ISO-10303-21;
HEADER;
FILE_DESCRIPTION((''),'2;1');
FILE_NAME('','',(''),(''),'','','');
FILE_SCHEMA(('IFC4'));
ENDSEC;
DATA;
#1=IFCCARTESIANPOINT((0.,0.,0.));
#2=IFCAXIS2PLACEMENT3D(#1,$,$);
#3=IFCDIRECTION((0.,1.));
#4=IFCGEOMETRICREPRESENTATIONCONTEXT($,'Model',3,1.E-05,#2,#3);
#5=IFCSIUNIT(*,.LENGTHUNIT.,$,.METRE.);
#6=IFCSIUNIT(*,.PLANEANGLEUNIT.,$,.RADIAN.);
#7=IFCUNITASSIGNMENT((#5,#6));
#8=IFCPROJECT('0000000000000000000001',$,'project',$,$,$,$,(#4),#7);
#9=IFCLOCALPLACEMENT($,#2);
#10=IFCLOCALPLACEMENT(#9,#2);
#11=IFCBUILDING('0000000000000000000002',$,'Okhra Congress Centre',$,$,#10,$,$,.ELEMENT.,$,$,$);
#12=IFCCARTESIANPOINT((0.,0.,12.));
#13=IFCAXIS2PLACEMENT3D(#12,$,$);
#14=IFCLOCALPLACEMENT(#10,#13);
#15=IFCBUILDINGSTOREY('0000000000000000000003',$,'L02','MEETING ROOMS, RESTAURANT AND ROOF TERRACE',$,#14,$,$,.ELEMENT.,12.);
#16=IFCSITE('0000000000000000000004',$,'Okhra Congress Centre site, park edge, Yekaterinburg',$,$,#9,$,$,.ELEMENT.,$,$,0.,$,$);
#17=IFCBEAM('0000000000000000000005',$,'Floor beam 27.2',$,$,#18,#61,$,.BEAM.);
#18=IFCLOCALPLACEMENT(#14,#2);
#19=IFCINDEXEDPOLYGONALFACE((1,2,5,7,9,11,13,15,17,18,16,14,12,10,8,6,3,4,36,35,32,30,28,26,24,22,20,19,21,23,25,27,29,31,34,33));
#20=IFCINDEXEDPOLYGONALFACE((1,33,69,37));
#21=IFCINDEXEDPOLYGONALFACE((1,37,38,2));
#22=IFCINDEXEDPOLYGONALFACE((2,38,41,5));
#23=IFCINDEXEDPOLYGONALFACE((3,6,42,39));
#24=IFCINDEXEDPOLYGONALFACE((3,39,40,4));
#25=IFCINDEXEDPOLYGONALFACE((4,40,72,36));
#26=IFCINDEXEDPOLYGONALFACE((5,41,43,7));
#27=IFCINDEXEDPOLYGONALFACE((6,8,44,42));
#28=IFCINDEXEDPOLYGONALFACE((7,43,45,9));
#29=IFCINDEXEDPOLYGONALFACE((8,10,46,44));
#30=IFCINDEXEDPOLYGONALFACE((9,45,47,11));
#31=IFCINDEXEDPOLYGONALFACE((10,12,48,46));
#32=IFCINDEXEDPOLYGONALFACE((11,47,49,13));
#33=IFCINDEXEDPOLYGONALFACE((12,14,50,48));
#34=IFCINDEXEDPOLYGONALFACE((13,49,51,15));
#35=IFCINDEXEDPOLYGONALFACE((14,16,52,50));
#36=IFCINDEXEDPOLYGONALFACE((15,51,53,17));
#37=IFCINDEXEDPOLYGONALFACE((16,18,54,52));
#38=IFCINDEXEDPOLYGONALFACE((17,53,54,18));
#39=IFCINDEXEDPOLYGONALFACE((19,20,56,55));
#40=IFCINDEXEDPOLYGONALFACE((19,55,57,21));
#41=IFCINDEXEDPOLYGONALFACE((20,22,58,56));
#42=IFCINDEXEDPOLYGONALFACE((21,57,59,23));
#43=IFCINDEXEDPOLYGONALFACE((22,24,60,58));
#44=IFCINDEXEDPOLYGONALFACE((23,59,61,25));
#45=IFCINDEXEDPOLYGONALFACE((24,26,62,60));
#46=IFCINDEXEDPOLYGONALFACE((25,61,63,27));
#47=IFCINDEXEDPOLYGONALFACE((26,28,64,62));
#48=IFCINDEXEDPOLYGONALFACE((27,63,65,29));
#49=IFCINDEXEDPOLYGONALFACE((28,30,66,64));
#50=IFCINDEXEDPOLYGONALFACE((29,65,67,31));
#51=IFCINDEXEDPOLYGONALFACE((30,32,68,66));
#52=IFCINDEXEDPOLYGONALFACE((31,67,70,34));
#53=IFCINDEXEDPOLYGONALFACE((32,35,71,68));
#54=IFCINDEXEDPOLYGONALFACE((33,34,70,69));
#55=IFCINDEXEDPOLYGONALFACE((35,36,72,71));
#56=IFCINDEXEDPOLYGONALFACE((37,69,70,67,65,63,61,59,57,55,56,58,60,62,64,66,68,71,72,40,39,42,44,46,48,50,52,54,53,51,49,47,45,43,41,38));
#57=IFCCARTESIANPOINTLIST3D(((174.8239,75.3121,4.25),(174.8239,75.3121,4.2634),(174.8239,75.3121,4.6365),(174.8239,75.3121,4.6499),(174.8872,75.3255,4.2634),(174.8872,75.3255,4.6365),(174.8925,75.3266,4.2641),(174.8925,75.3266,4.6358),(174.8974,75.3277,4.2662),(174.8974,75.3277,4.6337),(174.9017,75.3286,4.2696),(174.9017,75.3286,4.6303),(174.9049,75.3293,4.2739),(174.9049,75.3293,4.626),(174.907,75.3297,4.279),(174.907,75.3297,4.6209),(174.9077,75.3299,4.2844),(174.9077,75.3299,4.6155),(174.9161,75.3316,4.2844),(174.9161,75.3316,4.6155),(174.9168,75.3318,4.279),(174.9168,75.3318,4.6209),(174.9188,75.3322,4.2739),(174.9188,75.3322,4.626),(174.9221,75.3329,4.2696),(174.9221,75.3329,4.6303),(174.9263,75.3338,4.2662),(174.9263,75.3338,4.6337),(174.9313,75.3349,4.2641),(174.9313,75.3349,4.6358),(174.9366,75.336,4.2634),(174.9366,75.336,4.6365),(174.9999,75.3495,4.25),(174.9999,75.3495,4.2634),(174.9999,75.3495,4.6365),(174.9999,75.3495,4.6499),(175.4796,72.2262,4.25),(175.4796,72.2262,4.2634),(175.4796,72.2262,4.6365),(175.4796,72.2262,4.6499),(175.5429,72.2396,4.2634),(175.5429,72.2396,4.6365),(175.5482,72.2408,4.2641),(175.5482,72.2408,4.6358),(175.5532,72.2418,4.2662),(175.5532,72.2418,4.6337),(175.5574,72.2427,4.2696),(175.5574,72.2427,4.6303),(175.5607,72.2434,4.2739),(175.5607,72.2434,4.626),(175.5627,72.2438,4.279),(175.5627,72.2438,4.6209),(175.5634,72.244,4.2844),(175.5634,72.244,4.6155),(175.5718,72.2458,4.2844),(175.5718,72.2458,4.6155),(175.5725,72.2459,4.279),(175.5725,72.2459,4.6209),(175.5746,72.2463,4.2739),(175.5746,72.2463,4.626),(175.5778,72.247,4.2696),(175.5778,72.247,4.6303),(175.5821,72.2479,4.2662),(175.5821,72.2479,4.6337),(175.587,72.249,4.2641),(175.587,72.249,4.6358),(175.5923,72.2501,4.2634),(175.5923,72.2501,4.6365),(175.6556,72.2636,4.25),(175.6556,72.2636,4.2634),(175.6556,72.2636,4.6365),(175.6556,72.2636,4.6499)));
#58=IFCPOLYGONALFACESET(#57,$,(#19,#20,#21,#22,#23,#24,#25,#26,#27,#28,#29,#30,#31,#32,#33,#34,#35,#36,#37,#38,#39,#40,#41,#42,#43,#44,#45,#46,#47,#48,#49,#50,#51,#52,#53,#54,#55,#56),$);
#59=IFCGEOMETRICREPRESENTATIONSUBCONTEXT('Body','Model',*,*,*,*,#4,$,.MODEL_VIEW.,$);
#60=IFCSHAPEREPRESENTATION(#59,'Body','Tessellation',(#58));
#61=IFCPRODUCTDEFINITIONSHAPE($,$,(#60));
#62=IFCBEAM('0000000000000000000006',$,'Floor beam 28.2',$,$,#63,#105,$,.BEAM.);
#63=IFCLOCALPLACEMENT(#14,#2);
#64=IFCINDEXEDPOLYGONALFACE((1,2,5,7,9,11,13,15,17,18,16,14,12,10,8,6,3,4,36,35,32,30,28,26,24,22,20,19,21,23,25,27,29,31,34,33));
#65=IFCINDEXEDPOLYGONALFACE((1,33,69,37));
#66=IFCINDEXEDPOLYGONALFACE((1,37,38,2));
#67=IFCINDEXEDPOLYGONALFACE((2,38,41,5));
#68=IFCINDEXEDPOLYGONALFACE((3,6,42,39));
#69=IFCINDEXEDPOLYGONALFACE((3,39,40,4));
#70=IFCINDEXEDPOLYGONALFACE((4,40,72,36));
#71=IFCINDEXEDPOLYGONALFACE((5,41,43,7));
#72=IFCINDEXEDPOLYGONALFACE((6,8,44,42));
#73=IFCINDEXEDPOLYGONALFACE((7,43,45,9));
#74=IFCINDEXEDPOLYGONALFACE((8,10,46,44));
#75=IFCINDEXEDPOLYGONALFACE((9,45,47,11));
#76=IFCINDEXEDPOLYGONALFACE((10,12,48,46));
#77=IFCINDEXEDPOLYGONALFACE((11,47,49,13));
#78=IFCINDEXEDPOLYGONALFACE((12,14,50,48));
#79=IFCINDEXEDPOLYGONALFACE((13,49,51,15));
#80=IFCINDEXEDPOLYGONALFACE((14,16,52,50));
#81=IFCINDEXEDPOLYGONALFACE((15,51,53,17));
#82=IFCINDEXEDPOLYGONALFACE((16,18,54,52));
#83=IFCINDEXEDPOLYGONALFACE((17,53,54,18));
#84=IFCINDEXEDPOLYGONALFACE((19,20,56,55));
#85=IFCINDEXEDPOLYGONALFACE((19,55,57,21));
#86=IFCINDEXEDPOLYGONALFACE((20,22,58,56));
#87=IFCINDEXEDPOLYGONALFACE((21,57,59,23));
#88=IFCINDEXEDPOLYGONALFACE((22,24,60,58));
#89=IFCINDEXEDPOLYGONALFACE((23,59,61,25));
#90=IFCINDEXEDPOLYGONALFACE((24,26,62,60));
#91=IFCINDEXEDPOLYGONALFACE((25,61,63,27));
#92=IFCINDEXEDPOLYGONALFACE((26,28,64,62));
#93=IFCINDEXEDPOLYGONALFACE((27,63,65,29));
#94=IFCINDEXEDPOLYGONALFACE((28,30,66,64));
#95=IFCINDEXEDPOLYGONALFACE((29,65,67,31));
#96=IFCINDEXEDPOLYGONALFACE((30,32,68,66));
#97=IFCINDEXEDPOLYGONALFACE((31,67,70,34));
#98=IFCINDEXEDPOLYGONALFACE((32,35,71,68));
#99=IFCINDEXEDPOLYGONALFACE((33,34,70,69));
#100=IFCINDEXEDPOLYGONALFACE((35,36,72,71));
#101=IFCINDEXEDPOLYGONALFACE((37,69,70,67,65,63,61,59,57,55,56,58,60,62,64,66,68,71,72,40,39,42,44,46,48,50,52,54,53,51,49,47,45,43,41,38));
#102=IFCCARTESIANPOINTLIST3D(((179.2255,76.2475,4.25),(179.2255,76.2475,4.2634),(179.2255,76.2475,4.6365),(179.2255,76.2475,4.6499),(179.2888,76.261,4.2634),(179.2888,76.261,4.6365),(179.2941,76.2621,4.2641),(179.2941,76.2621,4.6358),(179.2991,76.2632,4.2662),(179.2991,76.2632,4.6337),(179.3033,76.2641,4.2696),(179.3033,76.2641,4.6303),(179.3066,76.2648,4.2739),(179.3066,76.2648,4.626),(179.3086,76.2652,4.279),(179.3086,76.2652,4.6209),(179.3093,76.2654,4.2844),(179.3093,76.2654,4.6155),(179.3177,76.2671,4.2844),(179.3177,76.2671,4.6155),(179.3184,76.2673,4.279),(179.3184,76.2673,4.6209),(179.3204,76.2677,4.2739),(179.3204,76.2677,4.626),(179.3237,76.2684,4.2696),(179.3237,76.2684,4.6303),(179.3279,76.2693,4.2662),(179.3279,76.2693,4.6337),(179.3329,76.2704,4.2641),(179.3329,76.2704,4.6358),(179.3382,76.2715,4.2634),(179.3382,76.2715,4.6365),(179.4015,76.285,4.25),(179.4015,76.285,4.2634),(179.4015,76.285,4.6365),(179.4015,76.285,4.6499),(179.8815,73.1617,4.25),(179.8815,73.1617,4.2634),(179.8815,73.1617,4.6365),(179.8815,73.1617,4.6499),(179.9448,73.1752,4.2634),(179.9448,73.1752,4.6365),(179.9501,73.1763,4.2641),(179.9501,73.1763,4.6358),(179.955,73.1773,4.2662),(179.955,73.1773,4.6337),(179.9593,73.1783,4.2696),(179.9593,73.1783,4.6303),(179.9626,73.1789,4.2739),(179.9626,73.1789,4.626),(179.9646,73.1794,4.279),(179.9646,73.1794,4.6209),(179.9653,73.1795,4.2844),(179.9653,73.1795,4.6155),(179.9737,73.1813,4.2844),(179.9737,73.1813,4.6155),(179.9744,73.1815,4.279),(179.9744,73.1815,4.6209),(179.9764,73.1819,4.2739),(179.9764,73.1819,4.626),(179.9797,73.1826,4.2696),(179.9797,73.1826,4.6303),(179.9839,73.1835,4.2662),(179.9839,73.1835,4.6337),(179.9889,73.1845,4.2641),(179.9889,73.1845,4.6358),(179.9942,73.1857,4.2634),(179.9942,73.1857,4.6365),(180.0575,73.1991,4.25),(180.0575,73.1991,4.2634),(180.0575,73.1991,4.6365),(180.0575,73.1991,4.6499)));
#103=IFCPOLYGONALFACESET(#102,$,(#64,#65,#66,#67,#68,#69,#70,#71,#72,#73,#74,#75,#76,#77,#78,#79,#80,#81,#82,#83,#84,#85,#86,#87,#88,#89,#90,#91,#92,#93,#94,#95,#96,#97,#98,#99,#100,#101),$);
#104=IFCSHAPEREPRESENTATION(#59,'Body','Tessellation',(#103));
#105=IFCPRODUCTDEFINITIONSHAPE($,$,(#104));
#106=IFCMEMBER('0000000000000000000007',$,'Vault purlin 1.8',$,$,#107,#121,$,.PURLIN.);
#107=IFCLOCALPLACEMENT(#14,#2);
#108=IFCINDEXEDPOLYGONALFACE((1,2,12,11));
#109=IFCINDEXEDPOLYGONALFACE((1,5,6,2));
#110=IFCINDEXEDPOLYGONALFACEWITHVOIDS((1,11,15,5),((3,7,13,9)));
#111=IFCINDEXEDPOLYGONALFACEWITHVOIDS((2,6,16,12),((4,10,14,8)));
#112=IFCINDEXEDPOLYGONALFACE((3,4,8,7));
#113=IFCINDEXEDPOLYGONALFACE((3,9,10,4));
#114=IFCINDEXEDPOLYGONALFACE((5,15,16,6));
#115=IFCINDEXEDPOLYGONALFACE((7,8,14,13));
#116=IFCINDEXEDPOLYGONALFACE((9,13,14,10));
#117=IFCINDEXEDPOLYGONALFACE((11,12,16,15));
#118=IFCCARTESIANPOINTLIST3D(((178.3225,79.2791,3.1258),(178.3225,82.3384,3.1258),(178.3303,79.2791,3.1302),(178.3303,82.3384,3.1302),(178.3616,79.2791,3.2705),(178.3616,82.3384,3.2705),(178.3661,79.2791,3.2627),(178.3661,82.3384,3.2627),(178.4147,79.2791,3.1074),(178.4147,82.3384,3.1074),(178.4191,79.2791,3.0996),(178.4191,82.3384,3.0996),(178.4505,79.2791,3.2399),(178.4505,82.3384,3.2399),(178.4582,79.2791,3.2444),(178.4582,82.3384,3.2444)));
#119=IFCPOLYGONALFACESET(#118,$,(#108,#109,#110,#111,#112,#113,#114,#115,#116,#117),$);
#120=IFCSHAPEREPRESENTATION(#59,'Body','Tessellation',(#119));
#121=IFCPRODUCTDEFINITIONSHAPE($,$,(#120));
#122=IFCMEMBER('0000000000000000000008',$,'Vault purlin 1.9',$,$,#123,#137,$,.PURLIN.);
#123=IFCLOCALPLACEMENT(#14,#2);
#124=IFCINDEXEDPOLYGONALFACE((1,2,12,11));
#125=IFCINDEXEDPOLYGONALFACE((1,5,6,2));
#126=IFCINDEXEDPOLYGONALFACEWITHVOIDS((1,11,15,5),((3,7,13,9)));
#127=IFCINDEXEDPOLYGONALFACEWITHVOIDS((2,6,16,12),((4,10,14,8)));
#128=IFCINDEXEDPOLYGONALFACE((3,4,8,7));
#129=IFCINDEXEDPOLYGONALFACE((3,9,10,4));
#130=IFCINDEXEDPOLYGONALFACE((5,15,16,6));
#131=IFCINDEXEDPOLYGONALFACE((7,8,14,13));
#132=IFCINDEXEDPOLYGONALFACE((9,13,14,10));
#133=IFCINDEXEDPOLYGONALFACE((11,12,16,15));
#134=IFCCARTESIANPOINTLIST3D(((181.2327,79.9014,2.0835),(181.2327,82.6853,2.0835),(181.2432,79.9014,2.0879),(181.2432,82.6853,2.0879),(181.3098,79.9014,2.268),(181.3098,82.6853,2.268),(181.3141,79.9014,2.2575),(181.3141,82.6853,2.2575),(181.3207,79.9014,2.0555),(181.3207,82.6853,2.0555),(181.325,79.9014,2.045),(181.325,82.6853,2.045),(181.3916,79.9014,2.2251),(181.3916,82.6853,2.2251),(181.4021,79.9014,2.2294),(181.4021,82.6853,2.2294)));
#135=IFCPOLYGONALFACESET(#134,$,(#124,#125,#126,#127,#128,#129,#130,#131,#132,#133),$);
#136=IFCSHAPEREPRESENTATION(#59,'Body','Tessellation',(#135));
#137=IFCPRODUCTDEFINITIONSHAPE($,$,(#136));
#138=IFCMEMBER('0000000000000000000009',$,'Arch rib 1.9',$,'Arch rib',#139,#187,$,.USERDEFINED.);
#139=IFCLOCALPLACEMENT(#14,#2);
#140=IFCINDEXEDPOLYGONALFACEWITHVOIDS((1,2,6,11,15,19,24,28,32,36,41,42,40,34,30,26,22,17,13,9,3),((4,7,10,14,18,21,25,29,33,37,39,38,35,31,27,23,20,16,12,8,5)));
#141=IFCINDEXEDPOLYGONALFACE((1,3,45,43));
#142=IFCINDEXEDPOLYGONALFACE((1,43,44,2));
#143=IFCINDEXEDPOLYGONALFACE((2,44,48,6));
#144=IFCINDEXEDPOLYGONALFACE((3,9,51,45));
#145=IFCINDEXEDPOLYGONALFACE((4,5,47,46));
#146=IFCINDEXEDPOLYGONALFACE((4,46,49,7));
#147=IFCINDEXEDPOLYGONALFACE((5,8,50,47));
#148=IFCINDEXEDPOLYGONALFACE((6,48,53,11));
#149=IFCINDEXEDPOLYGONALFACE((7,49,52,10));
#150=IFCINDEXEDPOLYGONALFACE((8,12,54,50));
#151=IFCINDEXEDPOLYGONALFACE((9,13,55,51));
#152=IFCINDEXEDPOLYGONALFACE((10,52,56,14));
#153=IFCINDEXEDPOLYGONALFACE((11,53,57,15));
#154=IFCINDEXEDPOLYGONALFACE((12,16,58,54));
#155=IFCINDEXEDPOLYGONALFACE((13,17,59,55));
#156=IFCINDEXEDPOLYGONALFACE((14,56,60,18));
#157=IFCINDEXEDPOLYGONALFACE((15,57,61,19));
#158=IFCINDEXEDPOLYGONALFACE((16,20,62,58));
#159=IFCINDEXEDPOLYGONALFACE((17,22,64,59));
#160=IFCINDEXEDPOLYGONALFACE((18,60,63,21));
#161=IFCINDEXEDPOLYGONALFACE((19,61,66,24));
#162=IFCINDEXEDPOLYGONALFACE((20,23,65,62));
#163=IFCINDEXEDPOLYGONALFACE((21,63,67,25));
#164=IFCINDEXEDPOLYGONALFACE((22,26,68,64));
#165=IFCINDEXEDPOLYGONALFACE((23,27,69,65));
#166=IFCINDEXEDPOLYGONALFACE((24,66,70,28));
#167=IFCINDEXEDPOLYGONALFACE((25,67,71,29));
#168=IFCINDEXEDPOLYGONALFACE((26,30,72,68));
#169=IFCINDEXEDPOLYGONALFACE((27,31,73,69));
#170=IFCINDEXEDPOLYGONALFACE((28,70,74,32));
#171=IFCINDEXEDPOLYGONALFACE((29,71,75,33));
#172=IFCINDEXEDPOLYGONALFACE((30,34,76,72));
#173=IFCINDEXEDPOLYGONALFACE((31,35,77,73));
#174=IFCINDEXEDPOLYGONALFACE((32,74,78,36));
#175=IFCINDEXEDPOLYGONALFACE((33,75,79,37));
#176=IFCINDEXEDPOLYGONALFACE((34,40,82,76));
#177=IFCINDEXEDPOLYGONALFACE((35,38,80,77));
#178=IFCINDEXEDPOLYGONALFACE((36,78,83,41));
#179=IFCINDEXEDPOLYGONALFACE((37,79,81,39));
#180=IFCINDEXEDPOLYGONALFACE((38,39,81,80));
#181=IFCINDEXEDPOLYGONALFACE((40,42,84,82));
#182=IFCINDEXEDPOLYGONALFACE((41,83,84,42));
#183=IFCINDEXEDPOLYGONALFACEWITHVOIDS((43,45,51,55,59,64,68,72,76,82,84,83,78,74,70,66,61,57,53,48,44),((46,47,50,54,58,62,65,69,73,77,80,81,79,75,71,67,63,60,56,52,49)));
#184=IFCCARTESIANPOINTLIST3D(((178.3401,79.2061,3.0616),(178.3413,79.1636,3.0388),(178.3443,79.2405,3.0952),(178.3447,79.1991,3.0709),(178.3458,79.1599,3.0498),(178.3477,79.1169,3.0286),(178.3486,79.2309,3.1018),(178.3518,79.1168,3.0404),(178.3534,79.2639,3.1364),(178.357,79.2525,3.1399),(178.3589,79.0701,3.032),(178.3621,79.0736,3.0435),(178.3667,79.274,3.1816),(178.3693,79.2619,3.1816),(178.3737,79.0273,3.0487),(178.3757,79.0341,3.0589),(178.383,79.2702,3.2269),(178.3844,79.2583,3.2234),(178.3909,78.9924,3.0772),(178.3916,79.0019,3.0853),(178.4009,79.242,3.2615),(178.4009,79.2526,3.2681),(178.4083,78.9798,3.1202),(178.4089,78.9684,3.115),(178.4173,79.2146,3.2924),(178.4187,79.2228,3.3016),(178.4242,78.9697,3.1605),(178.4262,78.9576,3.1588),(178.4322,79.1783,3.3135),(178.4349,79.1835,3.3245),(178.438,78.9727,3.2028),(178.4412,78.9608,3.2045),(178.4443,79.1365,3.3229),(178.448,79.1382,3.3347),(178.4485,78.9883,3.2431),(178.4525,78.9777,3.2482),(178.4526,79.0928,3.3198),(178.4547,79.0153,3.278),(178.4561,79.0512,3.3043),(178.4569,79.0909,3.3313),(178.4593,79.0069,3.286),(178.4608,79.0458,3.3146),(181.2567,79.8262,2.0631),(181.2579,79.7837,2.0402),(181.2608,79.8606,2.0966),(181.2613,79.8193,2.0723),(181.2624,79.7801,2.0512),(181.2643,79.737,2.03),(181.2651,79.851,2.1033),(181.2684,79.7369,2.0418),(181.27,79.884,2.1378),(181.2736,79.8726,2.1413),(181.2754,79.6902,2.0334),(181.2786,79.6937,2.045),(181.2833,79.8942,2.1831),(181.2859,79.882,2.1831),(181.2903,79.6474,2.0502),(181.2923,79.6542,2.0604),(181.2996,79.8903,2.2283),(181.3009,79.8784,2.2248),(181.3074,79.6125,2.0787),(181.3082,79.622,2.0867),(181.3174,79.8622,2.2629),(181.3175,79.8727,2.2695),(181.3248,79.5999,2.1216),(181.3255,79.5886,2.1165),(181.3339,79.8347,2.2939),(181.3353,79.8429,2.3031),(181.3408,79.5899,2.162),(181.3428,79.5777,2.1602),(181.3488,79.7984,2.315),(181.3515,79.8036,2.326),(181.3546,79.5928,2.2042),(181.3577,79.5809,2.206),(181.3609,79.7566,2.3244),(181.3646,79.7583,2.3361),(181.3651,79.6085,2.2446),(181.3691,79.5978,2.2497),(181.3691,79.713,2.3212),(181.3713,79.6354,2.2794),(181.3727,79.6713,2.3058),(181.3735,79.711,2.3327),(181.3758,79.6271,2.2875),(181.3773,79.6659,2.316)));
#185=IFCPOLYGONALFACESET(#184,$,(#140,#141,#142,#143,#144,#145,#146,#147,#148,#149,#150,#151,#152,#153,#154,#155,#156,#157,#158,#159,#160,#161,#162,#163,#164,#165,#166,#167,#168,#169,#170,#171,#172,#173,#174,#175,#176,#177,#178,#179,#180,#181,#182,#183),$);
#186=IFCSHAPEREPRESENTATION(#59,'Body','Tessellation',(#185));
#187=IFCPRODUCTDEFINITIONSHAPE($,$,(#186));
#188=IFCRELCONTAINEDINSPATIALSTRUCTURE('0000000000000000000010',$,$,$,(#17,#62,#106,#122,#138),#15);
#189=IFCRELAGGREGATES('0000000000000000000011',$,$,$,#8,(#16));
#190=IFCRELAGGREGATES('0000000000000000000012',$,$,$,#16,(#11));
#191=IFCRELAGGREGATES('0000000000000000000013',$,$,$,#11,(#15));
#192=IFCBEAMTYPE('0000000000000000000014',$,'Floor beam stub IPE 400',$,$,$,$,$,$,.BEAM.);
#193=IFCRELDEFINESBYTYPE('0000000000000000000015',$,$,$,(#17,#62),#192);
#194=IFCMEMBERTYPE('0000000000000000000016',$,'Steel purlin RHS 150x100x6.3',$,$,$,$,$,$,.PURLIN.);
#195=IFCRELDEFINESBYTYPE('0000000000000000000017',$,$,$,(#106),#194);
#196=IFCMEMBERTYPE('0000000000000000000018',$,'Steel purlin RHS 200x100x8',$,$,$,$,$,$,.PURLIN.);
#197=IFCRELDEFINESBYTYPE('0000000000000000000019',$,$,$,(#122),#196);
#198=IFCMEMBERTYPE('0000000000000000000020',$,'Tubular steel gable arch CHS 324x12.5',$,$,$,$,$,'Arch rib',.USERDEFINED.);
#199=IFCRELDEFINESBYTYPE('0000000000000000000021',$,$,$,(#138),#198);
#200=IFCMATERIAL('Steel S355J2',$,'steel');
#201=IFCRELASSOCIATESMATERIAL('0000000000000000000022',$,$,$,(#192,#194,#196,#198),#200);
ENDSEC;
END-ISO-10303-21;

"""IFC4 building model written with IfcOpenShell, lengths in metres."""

from ifc_helpers import new_model, si_unit, direction, frame, origin, origin_2d, place, context, subcontext, project, spatial, hollow_rectangle, hollow_circle, i_section, extrude, material, material_profile, profile_set, type_object, element, save


model = new_model("IFC4")

# Units and contexts
model_context = context("Model", 3, precision=1e-05, world=origin(), true_north=direction((0.0, 1.0)))
body_context = subcontext(model_context, "Body", "Model", "MODEL_VIEW")
ifc_project = project(units=[si_unit("LENGTHUNIT", "METRE"), si_unit("PLANEANGLEUNIT", "RADIAN")], contexts=[model_context])

# Site, building, storey
site_placement = place(None, origin())
site = spatial("IfcSite", under=ifc_project, at=site_placement, Name="Okhra Congress Centre site, park edge, Yekaterinburg", CompositionType="ELEMENT", RefElevation=0.0)
building_placement = place(site_placement, origin())
building = spatial("IfcBuilding", under=site, at=building_placement, Name="Okhra Congress Centre", CompositionType="ELEMENT")
storey_placement = place(building_placement, frame((0.0, 0.0, 12.0)))
storey = spatial("IfcBuildingStorey", under=building, at=storey_placement, Name="L02", Description="MEETING ROOMS, RESTAURANT AND ROOF TERRACE", CompositionType="ELEMENT", Elevation=12.0)

# Shared definitions
ifc_material_1 = material(Name="Steel S355J2", Category="steel")

# Beams
ifc_material_profile_1 = material_profile(ifc_material_1, i_section(OverallWidth=0.1799, OverallDepth=0.3999, WebThickness=0.0085, FlangeThickness=0.0134, FilletRadius=0.021, at=origin_2d()), Name="IPE 400")
ifc_profile_set_1 = profile_set([ifc_material_profile_1], Name="Steel S355J2")
beam_type_1 = type_object("IfcBeamType", Name="Floor beam stub IPE 400", PredefinedType="BEAM", material=ifc_profile_set_1)
for number, where, z_axis, x_axis, name in (
    (1, (175.5676, 72.2449, 4.45), (-0.207859, 0.978159, 0.0), (-0.978159, -0.207859, 0.0), "Floor beam 27.2"),
    (2, (179.9695, 73.1804, 4.45), (-0.207933, 0.978143, 0.0), (-0.978143, -0.207933, 0.0), "Floor beam 28.2"),
):
    element("IfcBeam", number, at=place(storey_placement, frame(where, z_axis=z_axis, x_axis=x_axis)), inside=storey, type_object=beam_type_1, Name=name, PredefinedType="BEAM", context=body_context, shape_type="SweptSolid", body=[
        extrude(i_section(OverallWidth=0.1799, OverallDepth=0.3999, WebThickness=0.0085, FlangeThickness=0.0134, FilletRadius=0.021, at=origin_2d()), origin(), (0.0, 0.0, 1.0), 3.1548),
    ])

# Members
ifc_material_profile_2 = material_profile(ifc_material_1, hollow_rectangle(XDim=0.1001, YDim=0.1499, WallThickness=0.0063, at=origin_2d()), Name="RHS 150x100x6.3")
ifc_profile_set_2 = profile_set([ifc_material_profile_2], Name="Steel S355J2")
member_type_1 = type_object("IfcMemberType", Name="Steel purlin RHS 150x100x6.3", PredefinedType="PURLIN", material=ifc_profile_set_2)
member_1_placement = place(storey_placement, frame((178.3904, 79.2791, 3.1851), z_axis=(0.0, 1.0, 0.0), x_axis=(-0.96538, 0.0, 0.260848)))
element("IfcMember", 3, at=member_1_placement, inside=storey, type_object=member_type_1, Name="Vault purlin 1.8", PredefinedType="PURLIN", context=body_context, shape_type="SweptSolid", body=[
    extrude(hollow_rectangle(XDim=0.1001, YDim=0.1499, WallThickness=0.0063, at=origin_2d()), origin(), (0.0, 0.0, 1.0), 3.0593),
])
ifc_material_profile_3 = material_profile(ifc_material_1, hollow_rectangle(XDim=0.1001, YDim=0.2, WallThickness=0.0081, at=origin_2d()), Name="RHS 200x100x8")
ifc_profile_set_3 = profile_set([ifc_material_profile_3], Name="Steel S355J2")
member_type_2 = type_object("IfcMemberType", Name="Steel purlin RHS 200x100x8", PredefinedType="PURLIN", material=ifc_profile_set_3)
member_2_placement = place(storey_placement, frame((181.3174, 79.9014, 2.1565), z_axis=(0.0, 1.0, 0.0), x_axis=(-0.922669, 0.0, 0.385593)))
element("IfcMember", 4, at=member_2_placement, inside=storey, type_object=member_type_2, Name="Vault purlin 1.9", PredefinedType="PURLIN", context=body_context, shape_type="SweptSolid", body=[
    extrude(hollow_rectangle(XDim=0.1001, YDim=0.2, WallThickness=0.0081, at=origin_2d()), origin(), (0.0, 0.0, 1.0), 2.7839),
])
ifc_material_profile_4 = material_profile(ifc_material_1, hollow_circle(Radius=0.1619, WallThickness=0.0125, at=origin_2d()), Name="CHS 323.9x12.5")
ifc_profile_set_4 = profile_set([ifc_material_profile_4], Name="Steel S355J2")
member_type_3 = type_object("IfcMemberType", Name="Tubular steel gable arch CHS 324x12.5", ElementType="Arch rib", PredefinedType="USERDEFINED", material=ifc_profile_set_4)
member_3_placement = place(storey_placement, frame((178.4004, 79.1157, 3.1816), z_axis=(0.927506, 0.19721, -0.317554), x_axis=(-0.207974, 0.978134, 0.0)))
element("IfcMember", 5, at=member_3_placement, inside=storey, type_object=member_type_3, Name="Arch rib 1.9", ObjectType="Arch rib", PredefinedType="USERDEFINED", context=body_context, shape_type="SweptSolid", body=[
    extrude(hollow_circle(Radius=0.1619, WallThickness=0.0125, at=origin_2d()), origin(), (0.0, 0.0, 1.0), 3.1445),
])

save(model, "model.ifc")
